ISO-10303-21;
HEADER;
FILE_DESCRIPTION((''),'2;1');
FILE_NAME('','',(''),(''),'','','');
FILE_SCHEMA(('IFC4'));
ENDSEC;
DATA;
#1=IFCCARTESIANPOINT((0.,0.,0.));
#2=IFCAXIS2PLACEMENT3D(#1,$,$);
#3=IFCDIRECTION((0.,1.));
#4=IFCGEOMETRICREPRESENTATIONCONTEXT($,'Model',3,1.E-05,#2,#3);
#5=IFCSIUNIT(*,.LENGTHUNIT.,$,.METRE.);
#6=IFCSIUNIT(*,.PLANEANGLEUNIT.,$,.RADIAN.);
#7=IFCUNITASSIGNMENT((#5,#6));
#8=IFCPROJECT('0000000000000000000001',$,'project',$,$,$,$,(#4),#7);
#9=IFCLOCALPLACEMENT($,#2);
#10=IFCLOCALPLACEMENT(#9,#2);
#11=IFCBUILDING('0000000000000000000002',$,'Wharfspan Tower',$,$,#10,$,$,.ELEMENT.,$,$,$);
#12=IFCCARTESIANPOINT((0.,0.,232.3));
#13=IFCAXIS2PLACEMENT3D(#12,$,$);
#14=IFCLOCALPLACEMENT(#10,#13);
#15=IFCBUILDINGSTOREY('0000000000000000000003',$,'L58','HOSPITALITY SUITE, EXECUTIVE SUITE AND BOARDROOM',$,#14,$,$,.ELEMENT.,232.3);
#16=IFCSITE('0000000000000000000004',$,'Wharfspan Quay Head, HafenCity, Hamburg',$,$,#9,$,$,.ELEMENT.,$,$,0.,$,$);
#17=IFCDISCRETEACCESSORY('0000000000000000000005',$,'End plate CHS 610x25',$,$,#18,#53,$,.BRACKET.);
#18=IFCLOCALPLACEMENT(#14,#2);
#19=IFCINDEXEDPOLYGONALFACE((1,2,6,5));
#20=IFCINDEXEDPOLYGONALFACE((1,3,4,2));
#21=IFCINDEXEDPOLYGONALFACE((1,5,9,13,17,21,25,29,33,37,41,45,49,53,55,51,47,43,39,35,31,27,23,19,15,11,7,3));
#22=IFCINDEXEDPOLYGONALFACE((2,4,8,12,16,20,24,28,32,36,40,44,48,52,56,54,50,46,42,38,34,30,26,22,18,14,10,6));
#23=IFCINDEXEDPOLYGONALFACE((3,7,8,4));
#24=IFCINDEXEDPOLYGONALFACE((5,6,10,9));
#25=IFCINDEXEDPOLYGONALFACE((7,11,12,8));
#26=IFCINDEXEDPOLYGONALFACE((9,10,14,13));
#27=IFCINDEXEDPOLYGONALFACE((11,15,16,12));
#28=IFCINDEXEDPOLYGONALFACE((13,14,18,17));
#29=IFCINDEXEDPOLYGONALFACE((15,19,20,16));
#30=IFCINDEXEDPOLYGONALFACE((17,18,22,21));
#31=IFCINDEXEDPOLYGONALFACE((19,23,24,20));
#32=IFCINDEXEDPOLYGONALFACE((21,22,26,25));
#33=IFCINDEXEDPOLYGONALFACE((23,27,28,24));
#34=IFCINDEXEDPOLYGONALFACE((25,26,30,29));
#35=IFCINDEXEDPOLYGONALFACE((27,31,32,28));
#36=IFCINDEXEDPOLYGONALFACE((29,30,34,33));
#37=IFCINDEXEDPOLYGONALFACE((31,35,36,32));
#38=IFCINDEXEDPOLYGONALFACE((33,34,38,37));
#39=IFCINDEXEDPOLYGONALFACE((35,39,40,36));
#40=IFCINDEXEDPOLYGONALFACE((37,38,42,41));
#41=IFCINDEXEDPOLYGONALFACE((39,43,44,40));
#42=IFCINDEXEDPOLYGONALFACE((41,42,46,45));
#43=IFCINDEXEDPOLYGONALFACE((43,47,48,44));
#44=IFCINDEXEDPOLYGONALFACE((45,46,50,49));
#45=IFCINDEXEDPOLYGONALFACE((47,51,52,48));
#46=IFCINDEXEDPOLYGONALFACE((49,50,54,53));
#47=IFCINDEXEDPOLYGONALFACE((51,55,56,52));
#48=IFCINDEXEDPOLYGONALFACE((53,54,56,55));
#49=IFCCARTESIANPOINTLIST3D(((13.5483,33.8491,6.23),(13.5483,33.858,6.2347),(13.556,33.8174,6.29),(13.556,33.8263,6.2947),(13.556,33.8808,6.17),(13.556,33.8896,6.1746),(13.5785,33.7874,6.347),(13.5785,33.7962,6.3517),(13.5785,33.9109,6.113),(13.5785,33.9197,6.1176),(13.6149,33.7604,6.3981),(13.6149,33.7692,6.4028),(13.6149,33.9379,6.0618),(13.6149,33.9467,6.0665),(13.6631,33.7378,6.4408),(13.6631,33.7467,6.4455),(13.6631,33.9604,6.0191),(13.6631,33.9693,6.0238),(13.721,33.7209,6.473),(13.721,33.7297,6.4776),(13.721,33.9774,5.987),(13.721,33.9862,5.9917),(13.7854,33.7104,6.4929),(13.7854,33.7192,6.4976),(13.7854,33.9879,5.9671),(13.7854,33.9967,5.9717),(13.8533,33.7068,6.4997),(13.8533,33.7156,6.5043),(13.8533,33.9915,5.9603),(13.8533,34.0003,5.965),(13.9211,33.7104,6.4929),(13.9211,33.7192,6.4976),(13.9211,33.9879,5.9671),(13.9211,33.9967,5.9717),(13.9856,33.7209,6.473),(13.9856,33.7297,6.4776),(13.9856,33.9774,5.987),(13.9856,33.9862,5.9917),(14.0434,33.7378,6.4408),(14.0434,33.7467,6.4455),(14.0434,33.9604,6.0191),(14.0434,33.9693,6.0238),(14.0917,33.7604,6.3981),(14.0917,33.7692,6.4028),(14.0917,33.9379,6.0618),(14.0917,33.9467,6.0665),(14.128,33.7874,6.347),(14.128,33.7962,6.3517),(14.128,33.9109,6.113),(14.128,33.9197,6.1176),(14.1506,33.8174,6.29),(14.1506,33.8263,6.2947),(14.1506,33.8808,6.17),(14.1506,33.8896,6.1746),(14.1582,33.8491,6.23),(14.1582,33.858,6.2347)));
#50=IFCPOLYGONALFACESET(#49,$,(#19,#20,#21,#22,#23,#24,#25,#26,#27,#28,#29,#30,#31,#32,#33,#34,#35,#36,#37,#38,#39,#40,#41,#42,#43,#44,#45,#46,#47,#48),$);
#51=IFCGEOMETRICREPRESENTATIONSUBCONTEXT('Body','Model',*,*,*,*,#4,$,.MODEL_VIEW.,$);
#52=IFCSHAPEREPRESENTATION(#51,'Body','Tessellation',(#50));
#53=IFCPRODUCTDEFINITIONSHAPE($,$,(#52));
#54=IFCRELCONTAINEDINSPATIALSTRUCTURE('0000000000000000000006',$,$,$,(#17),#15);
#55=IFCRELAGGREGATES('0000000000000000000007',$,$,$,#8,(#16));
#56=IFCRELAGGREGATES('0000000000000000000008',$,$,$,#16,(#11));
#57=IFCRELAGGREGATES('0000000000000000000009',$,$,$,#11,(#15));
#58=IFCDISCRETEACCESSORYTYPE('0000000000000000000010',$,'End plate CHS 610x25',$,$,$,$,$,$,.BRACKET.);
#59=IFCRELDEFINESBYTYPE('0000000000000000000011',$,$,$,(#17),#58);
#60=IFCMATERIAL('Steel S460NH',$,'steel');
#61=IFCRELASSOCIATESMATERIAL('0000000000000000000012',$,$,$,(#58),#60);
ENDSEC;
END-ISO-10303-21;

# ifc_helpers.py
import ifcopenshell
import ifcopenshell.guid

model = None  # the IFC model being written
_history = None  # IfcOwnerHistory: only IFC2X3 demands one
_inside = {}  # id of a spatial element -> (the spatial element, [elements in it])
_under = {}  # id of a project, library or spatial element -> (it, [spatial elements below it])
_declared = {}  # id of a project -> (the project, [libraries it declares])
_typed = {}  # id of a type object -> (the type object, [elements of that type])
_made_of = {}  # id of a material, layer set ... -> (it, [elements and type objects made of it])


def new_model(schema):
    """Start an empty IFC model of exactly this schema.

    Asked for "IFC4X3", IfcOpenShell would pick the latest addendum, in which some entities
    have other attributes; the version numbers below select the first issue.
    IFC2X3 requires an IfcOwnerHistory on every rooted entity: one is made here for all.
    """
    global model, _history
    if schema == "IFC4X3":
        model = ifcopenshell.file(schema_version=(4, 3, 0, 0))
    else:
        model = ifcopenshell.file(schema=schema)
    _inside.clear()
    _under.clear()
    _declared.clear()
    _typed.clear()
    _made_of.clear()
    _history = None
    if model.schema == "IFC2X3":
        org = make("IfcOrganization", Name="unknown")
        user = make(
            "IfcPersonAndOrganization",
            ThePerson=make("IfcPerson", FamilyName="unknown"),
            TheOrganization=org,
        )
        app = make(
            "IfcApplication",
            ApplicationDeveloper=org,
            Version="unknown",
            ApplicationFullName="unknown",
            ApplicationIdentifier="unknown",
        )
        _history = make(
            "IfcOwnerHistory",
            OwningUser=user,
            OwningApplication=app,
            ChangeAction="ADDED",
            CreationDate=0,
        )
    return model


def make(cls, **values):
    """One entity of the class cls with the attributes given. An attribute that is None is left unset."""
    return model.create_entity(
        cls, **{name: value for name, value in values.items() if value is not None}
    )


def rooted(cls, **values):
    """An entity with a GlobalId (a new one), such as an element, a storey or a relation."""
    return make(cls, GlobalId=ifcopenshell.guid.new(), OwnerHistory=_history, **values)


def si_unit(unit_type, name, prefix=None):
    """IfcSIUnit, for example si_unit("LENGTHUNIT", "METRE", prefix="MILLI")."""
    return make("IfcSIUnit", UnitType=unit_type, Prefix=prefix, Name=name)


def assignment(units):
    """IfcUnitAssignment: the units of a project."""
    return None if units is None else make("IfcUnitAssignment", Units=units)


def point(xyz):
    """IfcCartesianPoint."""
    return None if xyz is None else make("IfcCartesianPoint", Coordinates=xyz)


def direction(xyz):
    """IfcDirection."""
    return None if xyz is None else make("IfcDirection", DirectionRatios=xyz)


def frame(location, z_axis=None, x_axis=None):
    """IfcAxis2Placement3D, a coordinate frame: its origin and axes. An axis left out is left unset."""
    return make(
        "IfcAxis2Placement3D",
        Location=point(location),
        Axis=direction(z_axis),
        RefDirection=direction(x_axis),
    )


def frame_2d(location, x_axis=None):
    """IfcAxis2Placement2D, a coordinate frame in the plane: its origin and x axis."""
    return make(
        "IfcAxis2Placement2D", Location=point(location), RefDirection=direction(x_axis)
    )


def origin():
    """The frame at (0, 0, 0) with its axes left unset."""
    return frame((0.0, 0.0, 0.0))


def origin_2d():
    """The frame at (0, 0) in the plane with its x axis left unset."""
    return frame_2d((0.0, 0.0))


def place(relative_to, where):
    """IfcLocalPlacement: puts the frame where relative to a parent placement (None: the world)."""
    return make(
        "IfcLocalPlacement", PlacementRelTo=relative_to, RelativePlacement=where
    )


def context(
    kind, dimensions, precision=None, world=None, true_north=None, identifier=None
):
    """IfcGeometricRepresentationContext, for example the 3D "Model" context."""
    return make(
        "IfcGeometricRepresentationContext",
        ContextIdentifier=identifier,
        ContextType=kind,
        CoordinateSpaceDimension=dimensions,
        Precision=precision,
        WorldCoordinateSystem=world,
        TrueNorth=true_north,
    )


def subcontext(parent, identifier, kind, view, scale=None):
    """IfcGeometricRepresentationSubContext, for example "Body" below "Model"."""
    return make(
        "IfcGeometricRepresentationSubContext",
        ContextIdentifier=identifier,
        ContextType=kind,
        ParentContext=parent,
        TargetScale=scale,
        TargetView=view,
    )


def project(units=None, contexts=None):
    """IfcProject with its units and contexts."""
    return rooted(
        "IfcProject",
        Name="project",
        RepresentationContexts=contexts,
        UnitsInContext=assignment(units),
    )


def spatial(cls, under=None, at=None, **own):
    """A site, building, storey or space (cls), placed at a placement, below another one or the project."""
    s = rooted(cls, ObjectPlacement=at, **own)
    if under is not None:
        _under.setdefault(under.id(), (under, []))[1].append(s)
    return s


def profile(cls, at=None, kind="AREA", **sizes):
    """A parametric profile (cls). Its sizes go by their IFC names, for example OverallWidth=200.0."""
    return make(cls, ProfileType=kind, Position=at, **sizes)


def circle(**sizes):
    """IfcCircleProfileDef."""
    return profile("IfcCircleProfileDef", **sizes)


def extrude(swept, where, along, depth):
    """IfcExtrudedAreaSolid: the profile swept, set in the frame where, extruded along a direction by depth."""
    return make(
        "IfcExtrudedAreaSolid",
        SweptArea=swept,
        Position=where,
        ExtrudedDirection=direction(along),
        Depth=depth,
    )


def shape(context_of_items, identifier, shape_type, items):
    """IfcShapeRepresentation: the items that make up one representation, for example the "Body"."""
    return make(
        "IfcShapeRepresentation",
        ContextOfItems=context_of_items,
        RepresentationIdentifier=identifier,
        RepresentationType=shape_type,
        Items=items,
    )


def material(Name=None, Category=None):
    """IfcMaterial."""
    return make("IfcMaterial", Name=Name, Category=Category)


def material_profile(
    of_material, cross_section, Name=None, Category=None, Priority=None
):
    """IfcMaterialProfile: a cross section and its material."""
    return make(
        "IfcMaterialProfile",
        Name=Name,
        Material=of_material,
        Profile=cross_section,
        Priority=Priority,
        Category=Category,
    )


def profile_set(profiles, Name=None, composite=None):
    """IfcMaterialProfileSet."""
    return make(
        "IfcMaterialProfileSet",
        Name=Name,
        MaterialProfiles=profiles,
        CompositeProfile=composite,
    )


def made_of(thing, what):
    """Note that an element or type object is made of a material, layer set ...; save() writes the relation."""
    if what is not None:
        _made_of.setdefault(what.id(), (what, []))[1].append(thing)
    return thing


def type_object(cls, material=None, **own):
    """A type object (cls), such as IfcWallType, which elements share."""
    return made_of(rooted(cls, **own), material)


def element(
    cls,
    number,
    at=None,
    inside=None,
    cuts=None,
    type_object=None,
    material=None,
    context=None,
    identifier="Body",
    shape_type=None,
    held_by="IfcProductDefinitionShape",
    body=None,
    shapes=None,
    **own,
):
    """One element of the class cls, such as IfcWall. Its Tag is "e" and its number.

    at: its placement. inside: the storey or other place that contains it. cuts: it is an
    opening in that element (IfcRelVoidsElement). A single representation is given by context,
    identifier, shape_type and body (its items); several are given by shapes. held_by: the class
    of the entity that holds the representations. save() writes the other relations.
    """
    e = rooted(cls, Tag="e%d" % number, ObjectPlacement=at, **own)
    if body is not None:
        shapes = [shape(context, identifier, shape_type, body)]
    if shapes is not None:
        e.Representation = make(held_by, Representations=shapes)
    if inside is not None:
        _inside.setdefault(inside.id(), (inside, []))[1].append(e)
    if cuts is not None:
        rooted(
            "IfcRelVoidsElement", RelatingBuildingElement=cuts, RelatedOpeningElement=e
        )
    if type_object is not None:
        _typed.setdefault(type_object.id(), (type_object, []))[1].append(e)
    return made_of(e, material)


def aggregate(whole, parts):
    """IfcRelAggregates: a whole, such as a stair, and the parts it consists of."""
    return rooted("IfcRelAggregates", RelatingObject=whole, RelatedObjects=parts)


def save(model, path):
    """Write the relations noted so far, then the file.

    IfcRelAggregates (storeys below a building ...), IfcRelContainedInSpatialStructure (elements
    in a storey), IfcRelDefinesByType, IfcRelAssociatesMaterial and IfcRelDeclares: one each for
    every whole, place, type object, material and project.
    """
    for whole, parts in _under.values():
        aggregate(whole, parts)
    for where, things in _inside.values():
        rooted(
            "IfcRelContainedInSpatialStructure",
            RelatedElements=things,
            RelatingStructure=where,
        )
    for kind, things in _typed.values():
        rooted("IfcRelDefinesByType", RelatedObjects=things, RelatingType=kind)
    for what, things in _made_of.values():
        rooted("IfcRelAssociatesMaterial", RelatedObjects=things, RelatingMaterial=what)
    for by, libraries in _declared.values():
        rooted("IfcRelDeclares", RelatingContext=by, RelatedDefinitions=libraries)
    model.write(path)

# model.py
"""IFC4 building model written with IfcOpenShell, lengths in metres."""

from ifc_helpers import new_model, si_unit, direction, frame, origin, origin_2d, place, context, subcontext, project, spatial, circle, extrude, material, material_profile, profile_set, type_object, element, save


model = new_model("IFC4")

# Units and contexts
model_context = context("Model", 3, precision=1e-05, world=origin(), true_north=direction((0.0, 1.0)))
body_context = subcontext(model_context, "Body", "Model", "MODEL_VIEW")
ifc_project = project(units=[si_unit("LENGTHUNIT", "METRE"), si_unit("PLANEANGLEUNIT", "RADIAN")], contexts=[model_context])

# Site, building, storey
site_placement = place(None, origin())
site = spatial("IfcSite", under=ifc_project, at=site_placement, Name="Wharfspan Quay Head, HafenCity, Hamburg", CompositionType="ELEMENT", RefElevation=0.0)
building_placement = place(site_placement, origin())
building = spatial("IfcBuilding", under=site, at=building_placement, Name="Wharfspan Tower", CompositionType="ELEMENT")
storey_placement = place(building_placement, frame((0.0, 0.0, 232.3)))
storey = spatial("IfcBuildingStorey", under=building, at=storey_placement, Name="L58", Description="HOSPITALITY SUITE, EXECUTIVE SUITE AND BOARDROOM", CompositionType="ELEMENT", Elevation=232.3)

# Shared definitions
ifc_material_1 = material(Name="Steel S460NH", Category="steel")

# Discrete accessory
ifc_material_profile_1 = material_profile(ifc_material_1, circle(Radius=0.3049, at=origin_2d()))
ifc_profile_set_1 = profile_set([ifc_material_profile_1], Name="Steel S460NH")
discrete_accessory_type = type_object("IfcDiscreteAccessoryType", Name="End plate CHS 610x25", PredefinedType="BRACKET", material=ifc_profile_set_1)
discrete_accessory_1_placement = place(storey_placement, frame((13.8533, 33.8491, 6.23), z_axis=(0.0, 0.884385, 0.466759), x_axis=(-1.0, 0.0, 0.0)))
element("IfcDiscreteAccessory", 1, at=discrete_accessory_1_placement, inside=storey, type_object=discrete_accessory_type, Name="End plate CHS 610x25", PredefinedType="BRACKET", context=body_context, shape_type="SweptSolid", body=[
    extrude(circle(Radius=0.3049, at=origin_2d()), origin(), (0.0, 0.0, 1.0), 0.01),
])

save(model, "model.ifc")
